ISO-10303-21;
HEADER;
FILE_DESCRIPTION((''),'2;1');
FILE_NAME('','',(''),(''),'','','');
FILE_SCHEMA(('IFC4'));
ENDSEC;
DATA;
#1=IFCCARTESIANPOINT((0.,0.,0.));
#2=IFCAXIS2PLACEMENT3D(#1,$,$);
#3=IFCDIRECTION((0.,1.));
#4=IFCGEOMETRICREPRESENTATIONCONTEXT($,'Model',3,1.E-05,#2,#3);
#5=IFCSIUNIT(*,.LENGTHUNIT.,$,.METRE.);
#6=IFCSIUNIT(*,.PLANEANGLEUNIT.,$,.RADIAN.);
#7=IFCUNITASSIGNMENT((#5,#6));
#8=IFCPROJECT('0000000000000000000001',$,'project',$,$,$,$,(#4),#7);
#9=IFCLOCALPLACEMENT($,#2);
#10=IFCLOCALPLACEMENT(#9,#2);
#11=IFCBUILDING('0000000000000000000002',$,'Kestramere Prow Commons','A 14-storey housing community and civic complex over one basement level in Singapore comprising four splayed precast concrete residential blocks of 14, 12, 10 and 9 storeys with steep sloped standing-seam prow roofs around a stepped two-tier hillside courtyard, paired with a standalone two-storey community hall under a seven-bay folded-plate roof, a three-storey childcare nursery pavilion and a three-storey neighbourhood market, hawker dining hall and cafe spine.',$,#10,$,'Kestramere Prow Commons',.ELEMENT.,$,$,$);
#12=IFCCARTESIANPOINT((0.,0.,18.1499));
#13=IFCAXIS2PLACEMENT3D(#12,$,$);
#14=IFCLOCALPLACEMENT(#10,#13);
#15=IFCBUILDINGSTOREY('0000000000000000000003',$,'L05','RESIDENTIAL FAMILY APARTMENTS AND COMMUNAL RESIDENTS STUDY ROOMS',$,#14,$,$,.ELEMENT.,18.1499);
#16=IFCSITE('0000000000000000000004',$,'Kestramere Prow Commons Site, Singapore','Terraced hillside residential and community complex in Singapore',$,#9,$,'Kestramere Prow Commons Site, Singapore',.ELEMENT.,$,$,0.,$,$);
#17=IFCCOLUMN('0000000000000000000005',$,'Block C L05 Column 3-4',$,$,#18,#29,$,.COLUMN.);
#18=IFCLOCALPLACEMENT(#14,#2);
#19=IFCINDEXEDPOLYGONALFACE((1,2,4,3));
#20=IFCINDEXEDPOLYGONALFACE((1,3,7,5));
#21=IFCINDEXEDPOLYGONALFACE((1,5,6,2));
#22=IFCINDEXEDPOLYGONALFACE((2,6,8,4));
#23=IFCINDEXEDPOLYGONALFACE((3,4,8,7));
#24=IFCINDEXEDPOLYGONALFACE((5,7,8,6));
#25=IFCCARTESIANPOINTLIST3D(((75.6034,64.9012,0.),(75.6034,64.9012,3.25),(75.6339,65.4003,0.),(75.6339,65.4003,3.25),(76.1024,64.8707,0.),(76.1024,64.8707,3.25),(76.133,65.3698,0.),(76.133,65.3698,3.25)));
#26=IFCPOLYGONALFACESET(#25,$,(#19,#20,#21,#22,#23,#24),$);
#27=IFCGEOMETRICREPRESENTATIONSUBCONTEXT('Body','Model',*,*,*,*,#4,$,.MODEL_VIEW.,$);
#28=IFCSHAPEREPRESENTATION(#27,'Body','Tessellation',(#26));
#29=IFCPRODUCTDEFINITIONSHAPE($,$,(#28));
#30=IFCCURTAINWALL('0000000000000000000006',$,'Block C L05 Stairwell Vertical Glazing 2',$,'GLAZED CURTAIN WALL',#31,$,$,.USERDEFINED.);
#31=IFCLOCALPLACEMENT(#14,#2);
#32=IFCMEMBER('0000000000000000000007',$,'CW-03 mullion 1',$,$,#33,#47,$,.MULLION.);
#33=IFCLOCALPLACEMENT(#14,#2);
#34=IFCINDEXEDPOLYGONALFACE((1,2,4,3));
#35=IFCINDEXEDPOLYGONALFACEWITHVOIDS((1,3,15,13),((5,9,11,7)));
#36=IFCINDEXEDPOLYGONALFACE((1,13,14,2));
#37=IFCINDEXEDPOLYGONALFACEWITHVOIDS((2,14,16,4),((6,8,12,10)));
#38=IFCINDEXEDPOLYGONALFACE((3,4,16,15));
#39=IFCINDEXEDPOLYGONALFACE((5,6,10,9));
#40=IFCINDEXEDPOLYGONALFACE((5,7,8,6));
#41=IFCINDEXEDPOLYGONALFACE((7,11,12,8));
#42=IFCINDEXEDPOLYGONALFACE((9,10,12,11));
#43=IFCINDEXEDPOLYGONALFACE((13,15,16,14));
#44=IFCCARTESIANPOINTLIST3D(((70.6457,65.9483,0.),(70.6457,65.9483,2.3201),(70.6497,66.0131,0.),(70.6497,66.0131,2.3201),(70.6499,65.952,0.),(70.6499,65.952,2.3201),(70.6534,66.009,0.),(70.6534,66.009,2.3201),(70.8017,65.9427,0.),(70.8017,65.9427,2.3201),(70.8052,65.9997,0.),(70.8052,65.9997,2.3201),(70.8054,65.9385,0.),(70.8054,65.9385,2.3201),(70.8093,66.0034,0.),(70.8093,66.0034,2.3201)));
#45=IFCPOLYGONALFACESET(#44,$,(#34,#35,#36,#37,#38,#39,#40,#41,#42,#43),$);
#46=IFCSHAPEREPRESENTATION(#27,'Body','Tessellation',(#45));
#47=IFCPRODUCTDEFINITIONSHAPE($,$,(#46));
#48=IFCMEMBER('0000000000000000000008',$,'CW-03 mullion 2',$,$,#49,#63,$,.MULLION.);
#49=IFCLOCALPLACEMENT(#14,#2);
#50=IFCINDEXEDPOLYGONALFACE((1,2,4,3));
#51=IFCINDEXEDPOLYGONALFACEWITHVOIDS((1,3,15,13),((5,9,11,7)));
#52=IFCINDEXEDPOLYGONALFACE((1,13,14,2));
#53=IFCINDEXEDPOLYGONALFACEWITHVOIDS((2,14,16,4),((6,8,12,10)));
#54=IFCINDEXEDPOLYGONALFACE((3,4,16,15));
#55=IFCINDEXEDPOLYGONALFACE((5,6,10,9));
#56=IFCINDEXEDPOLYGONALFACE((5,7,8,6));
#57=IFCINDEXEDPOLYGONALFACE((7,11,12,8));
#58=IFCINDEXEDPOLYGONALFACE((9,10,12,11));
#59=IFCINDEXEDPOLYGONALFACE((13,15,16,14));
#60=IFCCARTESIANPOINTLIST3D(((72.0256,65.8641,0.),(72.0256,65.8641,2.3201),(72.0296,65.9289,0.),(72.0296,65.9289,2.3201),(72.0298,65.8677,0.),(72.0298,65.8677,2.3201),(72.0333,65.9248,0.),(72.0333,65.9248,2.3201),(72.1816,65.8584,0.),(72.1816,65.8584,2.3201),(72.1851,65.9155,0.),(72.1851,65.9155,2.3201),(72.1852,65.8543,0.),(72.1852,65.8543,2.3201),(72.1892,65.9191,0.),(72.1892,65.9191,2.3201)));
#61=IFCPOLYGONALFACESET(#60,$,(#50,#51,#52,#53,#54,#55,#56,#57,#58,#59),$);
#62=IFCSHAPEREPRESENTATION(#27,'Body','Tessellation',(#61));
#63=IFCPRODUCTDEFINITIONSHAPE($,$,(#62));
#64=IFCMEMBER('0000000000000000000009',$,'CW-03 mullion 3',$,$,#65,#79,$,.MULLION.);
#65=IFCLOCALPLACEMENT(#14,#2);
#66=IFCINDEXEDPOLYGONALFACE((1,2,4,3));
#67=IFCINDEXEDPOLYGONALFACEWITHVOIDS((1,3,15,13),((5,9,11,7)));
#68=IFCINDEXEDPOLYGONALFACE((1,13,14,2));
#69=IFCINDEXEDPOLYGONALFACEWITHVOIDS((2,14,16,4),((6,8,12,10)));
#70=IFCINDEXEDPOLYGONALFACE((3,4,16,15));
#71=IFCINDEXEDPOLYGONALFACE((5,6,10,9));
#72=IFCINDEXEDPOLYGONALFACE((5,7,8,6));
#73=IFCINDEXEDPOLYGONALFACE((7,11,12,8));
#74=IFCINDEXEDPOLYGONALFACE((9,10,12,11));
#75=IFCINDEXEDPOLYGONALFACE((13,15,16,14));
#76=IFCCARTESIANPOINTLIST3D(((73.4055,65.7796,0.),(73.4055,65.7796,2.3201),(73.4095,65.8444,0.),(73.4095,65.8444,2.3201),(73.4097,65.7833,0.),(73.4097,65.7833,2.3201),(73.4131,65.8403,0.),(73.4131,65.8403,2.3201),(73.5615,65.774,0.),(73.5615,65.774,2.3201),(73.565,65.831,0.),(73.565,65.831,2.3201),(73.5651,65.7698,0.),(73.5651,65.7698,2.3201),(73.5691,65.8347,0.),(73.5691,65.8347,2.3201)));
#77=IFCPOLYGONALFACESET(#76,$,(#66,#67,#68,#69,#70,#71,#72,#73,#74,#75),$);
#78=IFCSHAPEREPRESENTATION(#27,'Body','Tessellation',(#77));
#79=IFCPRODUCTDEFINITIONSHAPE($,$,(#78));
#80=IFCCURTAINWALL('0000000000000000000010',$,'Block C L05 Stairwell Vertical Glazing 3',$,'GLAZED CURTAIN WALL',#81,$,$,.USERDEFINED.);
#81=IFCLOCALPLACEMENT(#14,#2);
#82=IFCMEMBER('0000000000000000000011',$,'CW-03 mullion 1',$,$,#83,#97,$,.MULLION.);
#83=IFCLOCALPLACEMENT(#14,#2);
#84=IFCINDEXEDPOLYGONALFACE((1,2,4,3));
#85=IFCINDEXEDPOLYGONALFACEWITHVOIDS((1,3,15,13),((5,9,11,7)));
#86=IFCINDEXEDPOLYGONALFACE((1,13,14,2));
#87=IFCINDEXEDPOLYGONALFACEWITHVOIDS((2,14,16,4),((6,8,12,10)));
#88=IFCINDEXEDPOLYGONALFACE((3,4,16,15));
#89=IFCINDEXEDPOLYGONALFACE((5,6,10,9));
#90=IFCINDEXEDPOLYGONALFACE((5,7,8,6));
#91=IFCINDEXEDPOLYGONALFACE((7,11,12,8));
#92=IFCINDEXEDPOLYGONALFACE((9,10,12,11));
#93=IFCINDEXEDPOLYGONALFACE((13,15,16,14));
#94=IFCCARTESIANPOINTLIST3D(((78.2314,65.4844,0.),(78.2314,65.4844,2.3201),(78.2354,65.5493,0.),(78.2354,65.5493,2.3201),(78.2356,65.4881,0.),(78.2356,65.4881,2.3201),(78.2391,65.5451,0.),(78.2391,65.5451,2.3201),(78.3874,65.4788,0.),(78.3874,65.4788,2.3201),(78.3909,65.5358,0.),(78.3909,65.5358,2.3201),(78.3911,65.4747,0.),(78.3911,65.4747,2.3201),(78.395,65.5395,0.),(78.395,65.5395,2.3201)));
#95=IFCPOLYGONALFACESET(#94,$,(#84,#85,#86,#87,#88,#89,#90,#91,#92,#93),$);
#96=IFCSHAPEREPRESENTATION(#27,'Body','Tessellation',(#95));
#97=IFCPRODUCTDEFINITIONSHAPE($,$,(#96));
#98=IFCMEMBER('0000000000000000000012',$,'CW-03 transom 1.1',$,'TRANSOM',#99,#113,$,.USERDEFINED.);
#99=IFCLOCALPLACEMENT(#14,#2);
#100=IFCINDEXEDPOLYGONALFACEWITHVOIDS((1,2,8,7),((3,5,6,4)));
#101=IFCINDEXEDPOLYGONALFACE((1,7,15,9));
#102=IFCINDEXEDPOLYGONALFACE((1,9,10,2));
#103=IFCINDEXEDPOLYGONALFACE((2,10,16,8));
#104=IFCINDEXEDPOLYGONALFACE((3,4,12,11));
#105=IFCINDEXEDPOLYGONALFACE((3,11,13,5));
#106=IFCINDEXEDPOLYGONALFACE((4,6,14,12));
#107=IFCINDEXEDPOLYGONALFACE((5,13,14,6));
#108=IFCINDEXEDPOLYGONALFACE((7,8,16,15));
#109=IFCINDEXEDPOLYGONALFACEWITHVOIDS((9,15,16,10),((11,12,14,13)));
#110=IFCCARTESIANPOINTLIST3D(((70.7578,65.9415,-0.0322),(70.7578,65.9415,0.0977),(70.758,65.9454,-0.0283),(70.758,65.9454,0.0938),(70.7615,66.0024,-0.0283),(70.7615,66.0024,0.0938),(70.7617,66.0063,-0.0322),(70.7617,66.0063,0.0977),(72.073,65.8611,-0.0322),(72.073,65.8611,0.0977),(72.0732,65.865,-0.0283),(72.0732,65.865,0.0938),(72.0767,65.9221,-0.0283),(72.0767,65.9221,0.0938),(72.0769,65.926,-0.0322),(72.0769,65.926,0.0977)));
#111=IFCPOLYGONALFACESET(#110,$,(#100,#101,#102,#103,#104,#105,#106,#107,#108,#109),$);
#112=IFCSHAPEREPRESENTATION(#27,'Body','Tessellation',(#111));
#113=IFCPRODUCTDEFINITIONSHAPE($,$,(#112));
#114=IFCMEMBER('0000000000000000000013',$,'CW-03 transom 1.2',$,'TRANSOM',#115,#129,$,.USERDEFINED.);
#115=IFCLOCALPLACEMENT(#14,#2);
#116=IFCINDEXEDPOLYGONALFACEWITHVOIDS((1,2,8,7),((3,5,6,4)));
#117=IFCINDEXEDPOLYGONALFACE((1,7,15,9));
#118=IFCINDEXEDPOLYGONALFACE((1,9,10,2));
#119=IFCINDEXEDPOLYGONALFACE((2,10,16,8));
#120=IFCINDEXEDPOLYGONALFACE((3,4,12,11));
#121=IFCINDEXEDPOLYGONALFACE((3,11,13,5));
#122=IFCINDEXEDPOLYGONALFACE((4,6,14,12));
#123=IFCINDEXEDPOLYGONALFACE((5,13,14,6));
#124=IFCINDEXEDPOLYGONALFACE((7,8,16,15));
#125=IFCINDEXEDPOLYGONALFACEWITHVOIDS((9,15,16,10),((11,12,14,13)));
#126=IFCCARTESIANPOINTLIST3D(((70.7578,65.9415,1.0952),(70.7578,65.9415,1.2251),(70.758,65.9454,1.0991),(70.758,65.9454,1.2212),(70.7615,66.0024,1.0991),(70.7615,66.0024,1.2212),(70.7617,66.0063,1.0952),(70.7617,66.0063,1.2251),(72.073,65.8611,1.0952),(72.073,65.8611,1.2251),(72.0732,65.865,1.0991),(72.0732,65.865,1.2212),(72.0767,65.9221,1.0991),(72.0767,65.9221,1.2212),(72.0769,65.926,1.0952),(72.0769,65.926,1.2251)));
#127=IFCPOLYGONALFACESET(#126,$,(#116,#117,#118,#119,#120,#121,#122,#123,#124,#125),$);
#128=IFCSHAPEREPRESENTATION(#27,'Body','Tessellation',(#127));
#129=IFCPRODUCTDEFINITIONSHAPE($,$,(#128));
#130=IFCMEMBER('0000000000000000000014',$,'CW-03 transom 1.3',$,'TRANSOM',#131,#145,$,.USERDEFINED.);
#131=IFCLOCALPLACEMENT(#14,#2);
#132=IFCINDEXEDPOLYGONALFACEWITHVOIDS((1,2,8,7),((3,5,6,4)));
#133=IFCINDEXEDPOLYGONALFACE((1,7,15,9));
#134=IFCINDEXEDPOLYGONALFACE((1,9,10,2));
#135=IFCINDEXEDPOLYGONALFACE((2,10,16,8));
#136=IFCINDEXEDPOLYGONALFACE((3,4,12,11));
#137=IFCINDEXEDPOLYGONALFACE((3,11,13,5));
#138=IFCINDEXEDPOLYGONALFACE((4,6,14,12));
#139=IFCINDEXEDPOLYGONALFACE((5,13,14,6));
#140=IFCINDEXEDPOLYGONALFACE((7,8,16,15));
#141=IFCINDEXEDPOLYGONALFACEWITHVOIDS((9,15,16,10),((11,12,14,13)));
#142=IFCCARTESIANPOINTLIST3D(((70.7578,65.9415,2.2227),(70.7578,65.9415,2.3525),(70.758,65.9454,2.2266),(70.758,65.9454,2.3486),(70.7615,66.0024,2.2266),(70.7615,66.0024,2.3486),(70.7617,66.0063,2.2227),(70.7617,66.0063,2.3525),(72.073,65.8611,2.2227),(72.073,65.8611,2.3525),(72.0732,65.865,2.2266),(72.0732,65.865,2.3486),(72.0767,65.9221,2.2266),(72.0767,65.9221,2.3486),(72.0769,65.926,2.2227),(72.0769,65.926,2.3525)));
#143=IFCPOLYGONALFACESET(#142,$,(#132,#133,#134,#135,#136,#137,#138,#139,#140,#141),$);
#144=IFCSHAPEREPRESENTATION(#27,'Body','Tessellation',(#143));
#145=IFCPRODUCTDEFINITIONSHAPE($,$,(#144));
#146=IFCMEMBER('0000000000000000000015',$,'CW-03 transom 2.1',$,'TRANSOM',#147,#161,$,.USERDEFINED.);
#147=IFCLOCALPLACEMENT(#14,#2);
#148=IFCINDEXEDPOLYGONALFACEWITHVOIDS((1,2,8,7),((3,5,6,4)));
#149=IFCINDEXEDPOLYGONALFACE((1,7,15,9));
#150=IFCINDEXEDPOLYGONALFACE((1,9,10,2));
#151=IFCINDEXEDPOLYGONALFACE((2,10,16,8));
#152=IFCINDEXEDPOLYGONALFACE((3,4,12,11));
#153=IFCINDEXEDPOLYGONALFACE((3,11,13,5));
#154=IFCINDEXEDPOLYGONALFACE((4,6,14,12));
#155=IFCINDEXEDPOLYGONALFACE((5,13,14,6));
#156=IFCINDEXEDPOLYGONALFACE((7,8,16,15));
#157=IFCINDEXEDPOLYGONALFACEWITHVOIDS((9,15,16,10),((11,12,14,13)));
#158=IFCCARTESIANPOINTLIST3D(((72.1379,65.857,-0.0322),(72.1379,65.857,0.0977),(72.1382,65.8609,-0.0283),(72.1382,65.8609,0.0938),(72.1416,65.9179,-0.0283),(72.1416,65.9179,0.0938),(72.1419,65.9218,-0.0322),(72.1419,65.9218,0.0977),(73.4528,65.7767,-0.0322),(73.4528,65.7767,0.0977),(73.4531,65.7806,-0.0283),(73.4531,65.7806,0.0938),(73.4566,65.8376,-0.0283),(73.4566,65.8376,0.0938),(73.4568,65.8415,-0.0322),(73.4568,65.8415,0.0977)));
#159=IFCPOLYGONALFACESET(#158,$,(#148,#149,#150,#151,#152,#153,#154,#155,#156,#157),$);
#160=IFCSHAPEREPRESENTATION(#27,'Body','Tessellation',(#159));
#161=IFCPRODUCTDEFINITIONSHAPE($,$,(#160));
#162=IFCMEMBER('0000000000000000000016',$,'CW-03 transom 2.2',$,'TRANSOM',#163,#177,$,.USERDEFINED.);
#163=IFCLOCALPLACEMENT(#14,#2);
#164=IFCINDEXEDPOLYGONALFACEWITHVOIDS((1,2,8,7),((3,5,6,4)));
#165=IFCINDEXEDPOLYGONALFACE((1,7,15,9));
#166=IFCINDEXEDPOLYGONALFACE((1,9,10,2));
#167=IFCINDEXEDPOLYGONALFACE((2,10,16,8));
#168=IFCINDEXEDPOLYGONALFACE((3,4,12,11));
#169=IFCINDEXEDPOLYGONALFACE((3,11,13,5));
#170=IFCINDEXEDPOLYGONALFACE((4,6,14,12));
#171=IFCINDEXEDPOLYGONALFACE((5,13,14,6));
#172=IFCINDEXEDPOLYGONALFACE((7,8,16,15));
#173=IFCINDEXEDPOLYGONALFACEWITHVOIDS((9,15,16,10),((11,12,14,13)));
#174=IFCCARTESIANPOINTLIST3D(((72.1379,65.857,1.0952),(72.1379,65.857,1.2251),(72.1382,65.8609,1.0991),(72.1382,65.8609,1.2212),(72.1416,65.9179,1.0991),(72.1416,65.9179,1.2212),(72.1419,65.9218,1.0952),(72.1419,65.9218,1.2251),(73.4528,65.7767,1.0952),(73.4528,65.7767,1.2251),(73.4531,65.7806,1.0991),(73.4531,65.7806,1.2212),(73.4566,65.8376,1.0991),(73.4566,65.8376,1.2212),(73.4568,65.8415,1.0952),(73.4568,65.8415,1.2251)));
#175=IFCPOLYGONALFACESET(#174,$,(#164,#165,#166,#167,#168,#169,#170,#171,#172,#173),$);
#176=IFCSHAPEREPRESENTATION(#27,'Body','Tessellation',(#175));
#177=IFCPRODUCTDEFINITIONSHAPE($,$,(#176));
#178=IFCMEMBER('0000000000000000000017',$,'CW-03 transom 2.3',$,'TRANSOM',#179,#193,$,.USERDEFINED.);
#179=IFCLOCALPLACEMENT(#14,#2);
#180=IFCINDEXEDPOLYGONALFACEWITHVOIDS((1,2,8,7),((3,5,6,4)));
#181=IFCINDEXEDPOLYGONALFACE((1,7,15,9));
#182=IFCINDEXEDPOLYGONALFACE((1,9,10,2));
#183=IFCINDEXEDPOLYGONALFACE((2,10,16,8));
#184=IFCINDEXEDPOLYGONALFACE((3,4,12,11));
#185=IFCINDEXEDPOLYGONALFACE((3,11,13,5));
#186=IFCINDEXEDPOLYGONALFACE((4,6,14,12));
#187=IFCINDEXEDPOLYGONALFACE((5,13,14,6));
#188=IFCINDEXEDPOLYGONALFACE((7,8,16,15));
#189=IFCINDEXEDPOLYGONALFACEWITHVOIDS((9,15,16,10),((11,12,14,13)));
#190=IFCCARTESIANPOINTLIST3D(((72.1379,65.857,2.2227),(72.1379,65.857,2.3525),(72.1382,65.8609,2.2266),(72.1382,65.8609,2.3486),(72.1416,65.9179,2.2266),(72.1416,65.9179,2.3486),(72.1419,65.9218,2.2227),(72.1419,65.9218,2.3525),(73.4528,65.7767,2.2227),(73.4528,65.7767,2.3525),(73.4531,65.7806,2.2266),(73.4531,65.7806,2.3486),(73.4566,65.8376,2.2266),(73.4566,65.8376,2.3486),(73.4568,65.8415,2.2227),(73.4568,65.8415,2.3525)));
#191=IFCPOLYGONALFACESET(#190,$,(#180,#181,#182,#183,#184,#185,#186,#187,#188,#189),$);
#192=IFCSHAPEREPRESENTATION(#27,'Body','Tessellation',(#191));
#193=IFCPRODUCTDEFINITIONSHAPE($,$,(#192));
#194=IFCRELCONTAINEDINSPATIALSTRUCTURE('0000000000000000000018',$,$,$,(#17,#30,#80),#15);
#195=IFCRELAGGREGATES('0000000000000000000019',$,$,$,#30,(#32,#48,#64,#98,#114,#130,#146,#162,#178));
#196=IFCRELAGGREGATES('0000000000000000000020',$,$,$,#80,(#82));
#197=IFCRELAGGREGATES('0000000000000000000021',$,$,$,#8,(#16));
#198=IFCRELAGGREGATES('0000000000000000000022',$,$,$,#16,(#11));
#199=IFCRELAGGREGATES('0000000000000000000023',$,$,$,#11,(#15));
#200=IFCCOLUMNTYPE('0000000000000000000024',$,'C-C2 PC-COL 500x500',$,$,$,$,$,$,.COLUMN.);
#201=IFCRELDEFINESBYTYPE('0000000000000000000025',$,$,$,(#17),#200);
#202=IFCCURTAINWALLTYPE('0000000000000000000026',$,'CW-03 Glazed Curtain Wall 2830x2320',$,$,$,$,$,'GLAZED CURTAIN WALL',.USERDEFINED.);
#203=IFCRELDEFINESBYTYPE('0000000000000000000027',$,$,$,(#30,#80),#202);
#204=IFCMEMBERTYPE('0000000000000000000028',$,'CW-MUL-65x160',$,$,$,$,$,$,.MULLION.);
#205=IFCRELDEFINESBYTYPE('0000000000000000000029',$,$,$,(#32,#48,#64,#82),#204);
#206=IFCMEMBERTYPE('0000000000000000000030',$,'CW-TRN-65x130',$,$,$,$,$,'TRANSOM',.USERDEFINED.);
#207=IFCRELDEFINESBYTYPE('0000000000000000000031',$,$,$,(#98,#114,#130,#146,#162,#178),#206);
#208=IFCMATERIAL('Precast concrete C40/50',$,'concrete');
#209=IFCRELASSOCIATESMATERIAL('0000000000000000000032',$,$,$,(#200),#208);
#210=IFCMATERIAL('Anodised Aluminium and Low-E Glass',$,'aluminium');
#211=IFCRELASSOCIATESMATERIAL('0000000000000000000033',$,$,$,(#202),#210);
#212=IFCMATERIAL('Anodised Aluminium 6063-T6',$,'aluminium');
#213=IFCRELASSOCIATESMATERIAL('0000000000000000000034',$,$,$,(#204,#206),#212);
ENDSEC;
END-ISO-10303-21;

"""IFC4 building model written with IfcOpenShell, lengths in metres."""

from ifc_helpers import new_model, si_unit, direction, frame, origin, origin_2d, place, context, subcontext, project, spatial, rectangle, hollow_rectangle, extrude, material, material_profile, profile_set, type_object, element, aggregate, save


model = new_model("IFC4")

# Units and contexts
model_context = context("Model", 3, precision=1e-05, world=origin(), true_north=direction((0.0, 1.0)))
body_context = subcontext(model_context, "Body", "Model", "MODEL_VIEW")
ifc_project = project(units=[si_unit("LENGTHUNIT", "METRE"), si_unit("PLANEANGLEUNIT", "RADIAN")], contexts=[model_context])

# Site, building, storey
site_placement = place(None, origin())
site = spatial("IfcSite", under=ifc_project, at=site_placement, Name="Kestramere Prow Commons Site, Singapore", Description="Terraced hillside residential and community complex in Singapore", LongName="Kestramere Prow Commons Site, Singapore", CompositionType="ELEMENT", RefElevation=0.0)
building_placement = place(site_placement, origin())
building = spatial("IfcBuilding", under=site, at=building_placement, Name="Kestramere Prow Commons", Description="A 14-storey housing community and civic complex over one basement level in Singapore comprising four splayed precast concrete residential blocks of 14, 12, 10 and 9 storeys with steep sloped standing-seam prow roofs around a stepped two-tier hillside courtyard, paired with a standalone two-storey community hall under a seven-bay folded-plate roof, a three-storey childcare nursery pavilion and a three-storey neighbourhood market, hawker dining hall and cafe spine.", LongName="Kestramere Prow Commons", CompositionType="ELEMENT")
storey_placement = place(building_placement, frame((0.0, 0.0, 18.1499)))
storey = spatial("IfcBuildingStorey", under=building, at=storey_placement, Name="L05", Description="RESIDENTIAL FAMILY APARTMENTS AND COMMUNAL RESIDENTS STUDY ROOMS", CompositionType="ELEMENT", Elevation=18.1499)

# Column
ifc_material_1 = material(Name="Precast concrete C40/50", Category="concrete")
ifc_material_profile_1 = material_profile(ifc_material_1, rectangle(XDim=0.5, YDim=0.5, at=origin_2d()), Name="PC-COL 500x500")
ifc_profile_set_1 = profile_set([ifc_material_profile_1], Name="Precast concrete C40/50")
column_type = type_object("IfcColumnType", Name="C-C2 PC-COL 500x500", PredefinedType="COLUMN", material=ifc_profile_set_1)
column_placement = place(storey_placement, frame((75.8682, 65.1355, 0.0), z_axis=(0.0, 0.0, 1.0), x_axis=(0.998135, -0.061049, 0.0)))
element("IfcColumn", 1, at=column_placement, inside=storey, type_object=column_type, Name="Block C L05 Column 3-4", PredefinedType="COLUMN", context=body_context, shape_type="SweptSolid", body=[
    extrude(rectangle(XDim=0.5, YDim=0.5, at=origin_2d()), origin(), (0.0, 0.0, 1.0), 3.25),
])

# Curtain wall, members
ifc_material_2 = material(Name="Anodised Aluminium and Low-E Glass", Category="aluminium")
curtain_wall_type = type_object("IfcCurtainWallType", Name="CW-03 Glazed Curtain Wall 2830x2320", ElementType="GLAZED CURTAIN WALL", PredefinedType="USERDEFINED", material=ifc_material_2)
curtain_wall_1_placement = place(storey_placement, origin())
curtain_wall_1 = element("IfcCurtainWall", 2, at=curtain_wall_1_placement, inside=storey, type_object=curtain_wall_type, Name="Block C L05 Stairwell Vertical Glazing 2", ObjectType="GLAZED CURTAIN WALL", PredefinedType="USERDEFINED")
ifc_material_3 = material(Name="Anodised Aluminium 6063-T6", Category="aluminium")
ifc_material_profile_2 = material_profile(ifc_material_3, hollow_rectangle(XDim=0.0649, YDim=0.1599, WallThickness=0.0039, at=origin_2d()), Name="ALU-MUL 65x160")
ifc_profile_set_2 = profile_set([ifc_material_profile_2], Name="Anodised Aluminium 6063-T6")
member_type_1 = type_object("IfcMemberType", Name="CW-MUL-65x160", PredefinedType="MULLION", material=ifc_profile_set_2)
member_1_placement = place(storey_placement, frame((70.7275, 65.9758, 0.0), z_axis=(0.0, 0.0, 1.0), x_axis=(0.061048, 0.998135, 0.0)))
member_1 = element("IfcMember", 3, at=member_1_placement, type_object=member_type_1, Name="CW-03 mullion 1", PredefinedType="MULLION", context=body_context, shape_type="SweptSolid", body=[
    extrude(hollow_rectangle(XDim=0.0649, YDim=0.1599, WallThickness=0.0039, at=origin_2d()), origin(), (0.0, 0.0, 1.0), 2.3201),
])
member_2_placement = place(storey_placement, frame((72.1074, 65.8916, 0.0), z_axis=(0.0, 0.0, 1.0), x_axis=(0.061048, 0.998135, 0.0)))
member_2 = element("IfcMember", 4, at=member_2_placement, type_object=member_type_1, Name="CW-03 mullion 2", PredefinedType="MULLION", context=body_context, shape_type="SweptSolid", body=[
    extrude(hollow_rectangle(XDim=0.0649, YDim=0.1599, WallThickness=0.0039, at=origin_2d()), origin(), (0.0, 0.0, 1.0), 2.3201),
])
member_3_placement = place(storey_placement, frame((73.4873, 65.8071, 0.0), z_axis=(0.0, 0.0, 1.0), x_axis=(0.061048, 0.998135, 0.0)))
member_3 = element("IfcMember", 5, at=member_3_placement, type_object=member_type_1, Name="CW-03 mullion 3", PredefinedType="MULLION", context=body_context, shape_type="SweptSolid", body=[
    extrude(hollow_rectangle(XDim=0.0649, YDim=0.1599, WallThickness=0.0039, at=origin_2d()), origin(), (0.0, 0.0, 1.0), 2.3201),
])

# Curtain wall, member
curtain_wall_2_placement = place(storey_placement, origin())
curtain_wall_2 = element("IfcCurtainWall", 6, at=curtain_wall_2_placement, inside=storey, type_object=curtain_wall_type, Name="Block C L05 Stairwell Vertical Glazing 3", ObjectType="GLAZED CURTAIN WALL", PredefinedType="USERDEFINED")
member_4_placement = place(storey_placement, frame((78.3132, 65.512, 0.0), z_axis=(0.0, 0.0, 1.0), x_axis=(0.061048, 0.998135, 0.0)))
member_4 = element("IfcMember", 7, at=member_4_placement, type_object=member_type_1, Name="CW-03 mullion 1", PredefinedType="MULLION", context=body_context, shape_type="SweptSolid", body=[
    extrude(hollow_rectangle(XDim=0.0649, YDim=0.1599, WallThickness=0.0039, at=origin_2d()), origin(), (0.0, 0.0, 1.0), 2.3201),
])

# Members
ifc_material_profile_3 = material_profile(ifc_material_3, hollow_rectangle(XDim=0.0649, YDim=0.1299, WallThickness=0.0039, at=origin_2d()), Name="ALU-TRN 65x130")
ifc_profile_set_3 = profile_set([ifc_material_profile_3], Name="Anodised Aluminium 6063-T6")
member_type_2 = type_object("IfcMemberType", Name="CW-TRN-65x130", ElementType="TRANSOM", PredefinedType="USERDEFINED", material=ifc_profile_set_3)
member_5_placement = place(storey_placement, frame((70.7598, 65.9739, 0.0327), z_axis=(0.99814, -0.060959, 0.0), x_axis=(0.060959, 0.99814, 0.0)))
member_5 = element("IfcMember", 8, at=member_5_placement, type_object=member_type_2, Name="CW-03 transom 1.1", ObjectType="TRANSOM", PredefinedType="USERDEFINED", context=body_context, shape_type="SweptSolid", body=[
    extrude(hollow_rectangle(XDim=0.0649, YDim=0.1299, WallThickness=0.0039, at=origin_2d()), origin(), (0.0, 0.0, 1.0), 1.3176),
])
member_6_placement = place(storey_placement, frame((70.7598, 65.9739, 1.1602), z_axis=(0.99814, -0.060959, 0.0), x_axis=(0.060959, 0.99814, 0.0)))
member_6 = element("IfcMember", 9, at=member_6_placement, type_object=member_type_2, Name="CW-03 transom 1.2", ObjectType="TRANSOM", PredefinedType="USERDEFINED", context=body_context, shape_type="SweptSolid", body=[
    extrude(hollow_rectangle(XDim=0.0649, YDim=0.1299, WallThickness=0.0039, at=origin_2d()), origin(), (0.0, 0.0, 1.0), 1.3176),
])
member_7_placement = place(storey_placement, frame((70.7598, 65.9739, 2.2876), z_axis=(0.99814, -0.060959, 0.0), x_axis=(0.060959, 0.99814, 0.0)))
member_7 = element("IfcMember", 10, at=member_7_placement, type_object=member_type_2, Name="CW-03 transom 1.3", ObjectType="TRANSOM", PredefinedType="USERDEFINED", context=body_context, shape_type="SweptSolid", body=[
    extrude(hollow_rectangle(XDim=0.0649, YDim=0.1299, WallThickness=0.0039, at=origin_2d()), origin(), (0.0, 0.0, 1.0), 1.3176),
])
member_8_placement = place(storey_placement, frame((72.1399, 65.8894, 0.0327), z_axis=(0.99814, -0.060971, 0.0), x_axis=(0.060971, 0.99814, 0.0)))
member_8 = element("IfcMember", 11, at=member_8_placement, type_object=member_type_2, Name="CW-03 transom 2.1", ObjectType="TRANSOM", PredefinedType="USERDEFINED", context=body_context, shape_type="SweptSolid", body=[
    extrude(hollow_rectangle(XDim=0.0649, YDim=0.1299, WallThickness=0.0039, at=origin_2d()), origin(), (0.0, 0.0, 1.0), 1.3174),
])
member_9_placement = place(storey_placement, frame((72.1399, 65.8894, 1.1602), z_axis=(0.99814, -0.060971, 0.0), x_axis=(0.060971, 0.99814, 0.0)))
member_9 = element("IfcMember", 12, at=member_9_placement, type_object=member_type_2, Name="CW-03 transom 2.2", ObjectType="TRANSOM", PredefinedType="USERDEFINED", context=body_context, shape_type="SweptSolid", body=[
    extrude(hollow_rectangle(XDim=0.0649, YDim=0.1299, WallThickness=0.0039, at=origin_2d()), origin(), (0.0, 0.0, 1.0), 1.3174),
])
member_10_placement = place(storey_placement, frame((72.1399, 65.8894, 2.2876), z_axis=(0.99814, -0.060971, 0.0), x_axis=(0.060971, 0.99814, 0.0)))
member_10 = element("IfcMember", 13, at=member_10_placement, type_object=member_type_2, Name="CW-03 transom 2.3", ObjectType="TRANSOM", PredefinedType="USERDEFINED", context=body_context, shape_type="SweptSolid", body=[
    extrude(hollow_rectangle(XDim=0.0649, YDim=0.1299, WallThickness=0.0039, at=origin_2d()), origin(), (0.0, 0.0, 1.0), 1.3174),
])

aggregate(curtain_wall_1, [member_1, member_2, member_3, member_5, member_6, member_7, member_8, member_9, member_10])
aggregate(curtain_wall_2, [member_4])

save(model, "model.ifc")
